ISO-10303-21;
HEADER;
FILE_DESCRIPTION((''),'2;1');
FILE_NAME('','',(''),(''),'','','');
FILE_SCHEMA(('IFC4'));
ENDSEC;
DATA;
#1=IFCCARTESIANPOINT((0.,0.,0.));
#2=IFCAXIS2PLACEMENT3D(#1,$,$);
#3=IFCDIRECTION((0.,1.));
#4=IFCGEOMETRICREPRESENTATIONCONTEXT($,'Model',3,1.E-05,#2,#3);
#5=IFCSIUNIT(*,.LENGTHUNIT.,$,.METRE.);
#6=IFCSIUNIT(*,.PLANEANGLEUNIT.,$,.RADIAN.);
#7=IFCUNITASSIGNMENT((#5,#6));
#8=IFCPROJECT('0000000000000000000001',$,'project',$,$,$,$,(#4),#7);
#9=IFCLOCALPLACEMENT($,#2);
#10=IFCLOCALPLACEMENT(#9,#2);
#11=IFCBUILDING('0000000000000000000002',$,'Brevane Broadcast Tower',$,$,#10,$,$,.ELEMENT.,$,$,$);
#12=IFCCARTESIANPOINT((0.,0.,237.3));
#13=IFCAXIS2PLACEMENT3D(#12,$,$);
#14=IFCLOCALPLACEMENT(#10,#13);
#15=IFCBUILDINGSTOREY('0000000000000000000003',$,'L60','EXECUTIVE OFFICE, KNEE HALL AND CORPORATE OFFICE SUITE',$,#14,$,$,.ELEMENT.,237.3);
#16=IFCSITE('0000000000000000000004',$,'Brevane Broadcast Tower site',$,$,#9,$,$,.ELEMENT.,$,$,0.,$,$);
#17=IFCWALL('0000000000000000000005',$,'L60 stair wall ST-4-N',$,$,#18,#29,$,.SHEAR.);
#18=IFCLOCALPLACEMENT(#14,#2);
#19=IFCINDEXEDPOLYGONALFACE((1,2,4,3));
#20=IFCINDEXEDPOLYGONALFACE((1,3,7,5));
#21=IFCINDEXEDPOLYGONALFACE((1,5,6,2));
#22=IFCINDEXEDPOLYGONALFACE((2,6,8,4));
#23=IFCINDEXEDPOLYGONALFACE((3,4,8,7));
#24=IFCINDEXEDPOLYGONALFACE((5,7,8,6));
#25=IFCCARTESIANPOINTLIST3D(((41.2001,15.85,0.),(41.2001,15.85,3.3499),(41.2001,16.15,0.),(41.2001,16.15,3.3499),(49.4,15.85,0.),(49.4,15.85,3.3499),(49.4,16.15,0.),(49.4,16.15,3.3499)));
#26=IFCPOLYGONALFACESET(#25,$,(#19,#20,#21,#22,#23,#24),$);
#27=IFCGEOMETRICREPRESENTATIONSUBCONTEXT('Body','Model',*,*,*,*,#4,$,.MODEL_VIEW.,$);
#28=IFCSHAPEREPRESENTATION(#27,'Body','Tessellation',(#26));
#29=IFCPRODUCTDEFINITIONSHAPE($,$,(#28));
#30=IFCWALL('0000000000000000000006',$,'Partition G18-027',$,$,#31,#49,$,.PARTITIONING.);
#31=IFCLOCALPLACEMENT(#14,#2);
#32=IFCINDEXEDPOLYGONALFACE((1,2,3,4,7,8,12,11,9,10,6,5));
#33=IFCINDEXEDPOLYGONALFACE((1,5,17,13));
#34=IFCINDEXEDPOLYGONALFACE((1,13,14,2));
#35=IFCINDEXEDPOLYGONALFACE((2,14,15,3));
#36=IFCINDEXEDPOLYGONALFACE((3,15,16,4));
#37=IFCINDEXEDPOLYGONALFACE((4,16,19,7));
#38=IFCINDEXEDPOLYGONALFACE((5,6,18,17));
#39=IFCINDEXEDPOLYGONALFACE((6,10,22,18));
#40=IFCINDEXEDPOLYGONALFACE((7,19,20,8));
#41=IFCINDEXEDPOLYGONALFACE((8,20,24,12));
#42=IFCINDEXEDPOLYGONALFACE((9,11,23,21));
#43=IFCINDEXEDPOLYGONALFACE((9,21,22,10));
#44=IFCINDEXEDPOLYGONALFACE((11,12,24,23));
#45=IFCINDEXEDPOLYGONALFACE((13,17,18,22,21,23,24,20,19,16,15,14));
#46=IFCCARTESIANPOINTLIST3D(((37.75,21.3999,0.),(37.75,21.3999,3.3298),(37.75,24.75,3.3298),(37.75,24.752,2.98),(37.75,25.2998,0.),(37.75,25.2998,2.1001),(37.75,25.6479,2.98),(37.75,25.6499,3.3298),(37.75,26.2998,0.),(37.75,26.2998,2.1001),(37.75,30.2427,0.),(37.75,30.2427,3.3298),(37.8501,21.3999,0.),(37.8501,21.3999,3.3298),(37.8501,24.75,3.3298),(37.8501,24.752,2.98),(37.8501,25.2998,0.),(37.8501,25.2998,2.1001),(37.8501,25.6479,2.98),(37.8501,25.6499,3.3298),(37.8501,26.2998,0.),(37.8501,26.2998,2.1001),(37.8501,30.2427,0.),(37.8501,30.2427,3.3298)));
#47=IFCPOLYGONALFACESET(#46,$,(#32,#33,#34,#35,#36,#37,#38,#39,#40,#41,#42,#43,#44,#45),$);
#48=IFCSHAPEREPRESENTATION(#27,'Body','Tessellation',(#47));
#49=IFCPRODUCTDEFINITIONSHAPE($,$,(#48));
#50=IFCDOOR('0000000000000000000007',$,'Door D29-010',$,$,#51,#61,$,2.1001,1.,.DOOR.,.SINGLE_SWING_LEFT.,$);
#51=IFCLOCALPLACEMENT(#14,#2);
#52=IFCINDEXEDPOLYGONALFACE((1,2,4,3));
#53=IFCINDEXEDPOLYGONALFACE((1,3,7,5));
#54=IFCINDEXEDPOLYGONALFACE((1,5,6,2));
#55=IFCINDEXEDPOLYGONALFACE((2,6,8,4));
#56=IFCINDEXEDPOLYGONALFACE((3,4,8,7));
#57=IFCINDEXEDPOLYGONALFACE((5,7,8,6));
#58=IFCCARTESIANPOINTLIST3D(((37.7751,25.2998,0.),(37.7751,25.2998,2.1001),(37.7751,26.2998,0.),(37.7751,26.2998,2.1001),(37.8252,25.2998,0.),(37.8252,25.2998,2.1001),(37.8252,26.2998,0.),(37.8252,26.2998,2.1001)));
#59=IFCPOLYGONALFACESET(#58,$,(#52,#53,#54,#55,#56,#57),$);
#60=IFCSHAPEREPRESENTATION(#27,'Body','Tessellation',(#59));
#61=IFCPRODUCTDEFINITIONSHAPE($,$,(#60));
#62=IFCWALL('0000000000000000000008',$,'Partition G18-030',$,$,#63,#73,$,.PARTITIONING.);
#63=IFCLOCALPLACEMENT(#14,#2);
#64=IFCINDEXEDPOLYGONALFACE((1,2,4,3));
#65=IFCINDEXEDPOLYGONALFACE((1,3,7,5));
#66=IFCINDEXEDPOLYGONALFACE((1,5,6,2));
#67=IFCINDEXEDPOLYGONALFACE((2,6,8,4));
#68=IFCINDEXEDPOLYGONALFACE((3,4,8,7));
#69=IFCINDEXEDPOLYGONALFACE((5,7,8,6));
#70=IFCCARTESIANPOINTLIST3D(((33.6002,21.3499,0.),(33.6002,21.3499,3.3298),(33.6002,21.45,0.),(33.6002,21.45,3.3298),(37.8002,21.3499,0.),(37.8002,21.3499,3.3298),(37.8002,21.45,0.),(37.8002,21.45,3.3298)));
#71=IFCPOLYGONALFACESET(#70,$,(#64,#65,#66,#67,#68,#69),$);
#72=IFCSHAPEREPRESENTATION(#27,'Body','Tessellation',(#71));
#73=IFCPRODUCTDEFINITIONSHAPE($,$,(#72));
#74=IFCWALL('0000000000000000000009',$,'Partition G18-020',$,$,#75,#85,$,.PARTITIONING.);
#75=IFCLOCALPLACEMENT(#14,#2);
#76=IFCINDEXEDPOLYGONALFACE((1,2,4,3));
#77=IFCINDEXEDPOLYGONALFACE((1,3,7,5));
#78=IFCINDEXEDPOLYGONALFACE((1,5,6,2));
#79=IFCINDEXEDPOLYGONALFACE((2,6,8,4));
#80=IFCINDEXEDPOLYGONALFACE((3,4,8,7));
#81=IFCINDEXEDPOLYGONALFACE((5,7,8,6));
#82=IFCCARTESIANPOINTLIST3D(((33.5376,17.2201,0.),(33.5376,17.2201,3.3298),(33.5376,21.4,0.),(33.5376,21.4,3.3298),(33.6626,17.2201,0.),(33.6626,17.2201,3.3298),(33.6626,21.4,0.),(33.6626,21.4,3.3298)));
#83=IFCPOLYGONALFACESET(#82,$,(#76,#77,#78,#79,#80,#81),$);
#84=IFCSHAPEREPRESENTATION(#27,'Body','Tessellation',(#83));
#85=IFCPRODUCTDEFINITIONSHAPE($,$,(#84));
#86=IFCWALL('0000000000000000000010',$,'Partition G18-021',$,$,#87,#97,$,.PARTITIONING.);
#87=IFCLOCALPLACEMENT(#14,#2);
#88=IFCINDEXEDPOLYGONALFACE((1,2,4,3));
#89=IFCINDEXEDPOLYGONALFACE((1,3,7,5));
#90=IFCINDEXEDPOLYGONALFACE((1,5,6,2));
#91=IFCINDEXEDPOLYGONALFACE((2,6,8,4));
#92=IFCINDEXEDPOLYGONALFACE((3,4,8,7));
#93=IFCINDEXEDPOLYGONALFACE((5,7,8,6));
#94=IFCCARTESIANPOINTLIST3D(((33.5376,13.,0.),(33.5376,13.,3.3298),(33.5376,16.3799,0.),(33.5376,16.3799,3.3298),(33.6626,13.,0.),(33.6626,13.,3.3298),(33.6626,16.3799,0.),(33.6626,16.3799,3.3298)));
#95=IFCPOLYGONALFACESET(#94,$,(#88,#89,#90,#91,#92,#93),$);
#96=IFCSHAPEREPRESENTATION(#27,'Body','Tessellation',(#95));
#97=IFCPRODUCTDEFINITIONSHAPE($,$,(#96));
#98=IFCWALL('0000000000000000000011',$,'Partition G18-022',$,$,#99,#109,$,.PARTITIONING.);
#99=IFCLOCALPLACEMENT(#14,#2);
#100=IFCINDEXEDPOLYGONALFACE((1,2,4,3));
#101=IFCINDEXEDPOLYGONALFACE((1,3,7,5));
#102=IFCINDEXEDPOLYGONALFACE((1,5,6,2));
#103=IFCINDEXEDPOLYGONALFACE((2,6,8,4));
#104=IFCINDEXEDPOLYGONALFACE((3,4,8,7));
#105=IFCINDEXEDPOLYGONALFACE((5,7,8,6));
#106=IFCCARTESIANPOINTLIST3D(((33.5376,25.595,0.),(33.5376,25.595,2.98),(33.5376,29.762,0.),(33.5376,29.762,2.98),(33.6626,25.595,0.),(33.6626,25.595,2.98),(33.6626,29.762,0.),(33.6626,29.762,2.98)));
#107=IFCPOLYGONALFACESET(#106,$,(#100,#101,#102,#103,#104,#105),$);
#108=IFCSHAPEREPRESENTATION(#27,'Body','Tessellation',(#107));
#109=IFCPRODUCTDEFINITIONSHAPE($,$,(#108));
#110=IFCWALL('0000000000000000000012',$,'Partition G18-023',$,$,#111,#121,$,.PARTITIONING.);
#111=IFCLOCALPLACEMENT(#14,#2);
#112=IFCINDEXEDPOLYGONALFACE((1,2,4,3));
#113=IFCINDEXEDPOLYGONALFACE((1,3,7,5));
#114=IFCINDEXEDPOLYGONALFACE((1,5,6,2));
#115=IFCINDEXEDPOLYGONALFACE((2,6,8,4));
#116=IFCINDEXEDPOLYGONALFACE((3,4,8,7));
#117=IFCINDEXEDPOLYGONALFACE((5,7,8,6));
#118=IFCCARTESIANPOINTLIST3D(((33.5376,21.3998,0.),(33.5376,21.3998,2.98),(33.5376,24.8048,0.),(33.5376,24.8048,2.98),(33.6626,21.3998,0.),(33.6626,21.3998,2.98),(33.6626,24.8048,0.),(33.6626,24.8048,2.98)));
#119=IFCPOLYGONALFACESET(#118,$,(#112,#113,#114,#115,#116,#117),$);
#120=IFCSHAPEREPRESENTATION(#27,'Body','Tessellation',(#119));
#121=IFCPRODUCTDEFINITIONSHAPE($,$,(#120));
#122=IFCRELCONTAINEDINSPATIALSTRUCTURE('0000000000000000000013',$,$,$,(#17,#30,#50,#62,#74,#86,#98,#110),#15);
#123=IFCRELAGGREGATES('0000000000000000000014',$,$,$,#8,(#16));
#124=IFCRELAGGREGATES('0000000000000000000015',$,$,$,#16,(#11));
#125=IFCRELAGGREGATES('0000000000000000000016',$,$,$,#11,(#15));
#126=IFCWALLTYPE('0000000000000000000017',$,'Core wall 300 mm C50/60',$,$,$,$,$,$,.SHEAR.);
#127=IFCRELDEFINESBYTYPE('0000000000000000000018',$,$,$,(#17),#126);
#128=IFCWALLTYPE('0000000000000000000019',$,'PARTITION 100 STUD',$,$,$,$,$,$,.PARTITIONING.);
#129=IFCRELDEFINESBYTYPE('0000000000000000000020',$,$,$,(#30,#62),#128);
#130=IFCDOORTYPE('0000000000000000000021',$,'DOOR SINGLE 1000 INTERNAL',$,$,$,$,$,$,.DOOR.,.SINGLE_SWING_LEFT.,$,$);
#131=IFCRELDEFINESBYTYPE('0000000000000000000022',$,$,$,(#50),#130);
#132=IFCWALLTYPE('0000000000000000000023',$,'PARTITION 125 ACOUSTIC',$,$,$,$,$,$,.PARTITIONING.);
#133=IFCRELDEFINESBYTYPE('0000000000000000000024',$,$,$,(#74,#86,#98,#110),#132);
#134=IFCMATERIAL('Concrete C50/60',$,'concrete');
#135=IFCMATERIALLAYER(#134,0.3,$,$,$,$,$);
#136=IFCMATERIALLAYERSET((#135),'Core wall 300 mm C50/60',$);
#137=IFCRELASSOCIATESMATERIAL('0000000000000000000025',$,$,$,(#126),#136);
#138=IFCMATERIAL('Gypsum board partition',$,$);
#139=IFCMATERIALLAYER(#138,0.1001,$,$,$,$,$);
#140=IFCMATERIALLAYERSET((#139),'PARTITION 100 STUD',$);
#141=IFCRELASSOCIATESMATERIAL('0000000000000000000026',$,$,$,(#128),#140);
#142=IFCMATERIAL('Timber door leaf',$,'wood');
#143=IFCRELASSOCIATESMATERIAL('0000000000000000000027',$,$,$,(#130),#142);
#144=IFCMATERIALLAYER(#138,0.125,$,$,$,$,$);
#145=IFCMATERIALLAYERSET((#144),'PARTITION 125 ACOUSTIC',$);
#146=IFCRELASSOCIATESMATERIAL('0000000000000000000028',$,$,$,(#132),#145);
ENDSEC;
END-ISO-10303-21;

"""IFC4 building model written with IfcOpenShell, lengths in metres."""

from ifc_helpers import new_model, si_unit, direction, frame, frame_2d, origin, place, context, subcontext, project, spatial, polyline, rectangle, outline, extrude, material, layer, layer_set, type_object, element, fill, save


model = new_model("IFC4")

# Units and contexts
model_context = context("Model", 3, precision=1e-05, world=origin(), true_north=direction((0.0, 1.0)))
body_context = subcontext(model_context, "Body", "Model", "MODEL_VIEW")
ifc_project = project(units=[si_unit("LENGTHUNIT", "METRE"), si_unit("PLANEANGLEUNIT", "RADIAN")], contexts=[model_context])

# Site, building, storey
site_placement = place(None, origin())
site = spatial("IfcSite", under=ifc_project, at=site_placement, Name="Brevane Broadcast Tower site", CompositionType="ELEMENT", RefElevation=0.0)
building_placement = place(site_placement, origin())
building = spatial("IfcBuilding", under=site, at=building_placement, Name="Brevane Broadcast Tower", CompositionType="ELEMENT")
storey_placement = place(building_placement, frame((0.0, 0.0, 237.3)))
storey = spatial("IfcBuildingStorey", under=building, at=storey_placement, Name="L60", Description="EXECUTIVE OFFICE, KNEE HALL AND CORPORATE OFFICE SUITE", CompositionType="ELEMENT", Elevation=237.3)

# Shared definitions
ifc_material_1 = material(Name="Concrete C50/60", Category="concrete")

# Wall
ifc_layer_1 = layer(ifc_material_1, 0.3)
ifc_layer_set_1 = layer_set([ifc_layer_1], Name="Core wall 300 mm C50/60")
wall_type_1 = type_object("IfcWallType", Name="Core wall 300 mm C50/60", PredefinedType="SHEAR", material=ifc_layer_set_1)
wall_1_placement = place(storey_placement, frame((41.2, 16.0, 0.0), z_axis=(0.0, 0.0, 1.0), x_axis=(1.0, 0.0, 0.0)))
element("IfcWall", 1, at=wall_1_placement, inside=storey, type_object=wall_type_1, Name="L60 stair wall ST-4-N", PredefinedType="SHEAR", context=body_context, shape_type="SweptSolid", body=[
    extrude(rectangle(XDim=8.2, YDim=0.3, at=frame_2d((4.1001, 0.0))), origin(), (0.0, 0.0, 1.0), 3.3499),
])

# Wall, opening, door
ifc_material_2 = material(Name="Gypsum board partition")
ifc_layer_2 = layer(ifc_material_2, 0.1001)
ifc_layer_set_2 = layer_set([ifc_layer_2], Name="PARTITION 100 STUD")
wall_type_2 = type_object("IfcWallType", Name="PARTITION 100 STUD", PredefinedType="PARTITIONING", material=ifc_layer_set_2)
wall_2_placement = place(storey_placement, frame((37.8, 21.3999, 0.0), z_axis=(0.0, 0.0, 1.0), x_axis=(0.0, 1.0, 0.0)))
wall_2 = element("IfcWall", 2, at=wall_2_placement, inside=storey, type_object=wall_type_2, Name="Partition G18-027", PredefinedType="PARTITIONING", context=body_context, shape_type="SweptSolid", body=[
    extrude(outline(polyline([(0.0, 0.0), (8.8428, 0.0), (8.8428, 3.3298), (4.25, 3.3298), (4.248, 2.98), (3.3521, 2.98), (3.3501, 3.3298), (0.0, 3.3298), (0.0, 0.0)])), frame((0.0, 0.05, 0.0), z_axis=(0.0, -1.0, 0.0), x_axis=(1.0, 0.0, 0.0)), (0.0, 0.0, 1.0), 0.1001),
])
opening_placement = place(wall_2_placement, frame((3.8999, 0.0, 0.0)))
opening = element("IfcOpeningElement", 3, at=opening_placement, cuts=wall_2, PredefinedType="OPENING", context=body_context, shape_type="SweptSolid", body=[
    extrude(rectangle(XDim=1.0, YDim=2.1001, at=frame_2d((0.5, 1.05))), frame((0.0, 0.0601, 0.0), z_axis=(0.0, -1.0, 0.0), x_axis=(1.0, 0.0, 0.0)), (0.0, 0.0, 1.0), 0.1201),
])
ifc_material_3 = material(Name="Timber door leaf", Category="wood")
door_type = type_object("IfcDoorType", Name="DOOR SINGLE 1000 INTERNAL", OperationType="SINGLE_SWING_LEFT", PredefinedType="DOOR", material=ifc_material_3)
door_placement = place(opening_placement, origin())
door = element("IfcDoor", 4, at=door_placement, inside=storey, type_object=door_type, Name="Door D29-010", OperationType="SINGLE_SWING_LEFT", OverallHeight=2.1001, OverallWidth=1.0, PredefinedType="DOOR", context=body_context, shape_type="SweptSolid", body=[
    extrude(rectangle(XDim=1.0, YDim=2.1001, at=frame_2d((0.5, 1.05))), frame((0.0, 0.0249, 0.0), z_axis=(0.0, -1.0, 0.0), x_axis=(1.0, 0.0, 0.0)), (0.0, 0.0, 1.0), 0.05),
])
fill(opening, door)

# Walls
wall_3_placement = place(storey_placement, frame((33.6001, 21.3999, 0.0), z_axis=(0.0, 0.0, 1.0), x_axis=(1.0, 0.0, 0.0)))
element("IfcWall", 5, at=wall_3_placement, inside=storey, type_object=wall_type_2, Name="Partition G18-030", PredefinedType="PARTITIONING", context=body_context, shape_type="SweptSolid", body=[
    extrude(rectangle(XDim=4.2, YDim=0.1001, at=frame_2d((2.1001, 0.0))), origin(), (0.0, 0.0, 1.0), 3.3298),
])
ifc_layer_3 = layer(ifc_material_2, 0.125)
ifc_layer_set_3 = layer_set([ifc_layer_3], Name="PARTITION 125 ACOUSTIC")
wall_type_3 = type_object("IfcWallType", Name="PARTITION 125 ACOUSTIC", PredefinedType="PARTITIONING", material=ifc_layer_set_3)
wall_4_placement = place(storey_placement, frame((33.6001, 21.3999, 0.0), z_axis=(0.0, 0.0, 1.0), x_axis=(0.0, -1.0, 0.0)))
element("IfcWall", 6, at=wall_4_placement, inside=storey, type_object=wall_type_3, Name="Partition G18-020", PredefinedType="PARTITIONING", context=body_context, shape_type="SweptSolid", body=[
    extrude(rectangle(XDim=4.1799, YDim=0.125, at=frame_2d((2.0898, 0.0))), origin(), (0.0, 0.0, 1.0), 3.3298),
])
wall_5_placement = place(storey_placement, frame((33.6001, 16.3799, 0.0), z_axis=(0.0, 0.0, 1.0), x_axis=(0.0, -1.0, 0.0)))
element("IfcWall", 7, at=wall_5_placement, inside=storey, type_object=wall_type_3, Name="Partition G18-021", PredefinedType="PARTITIONING", context=body_context, shape_type="SweptSolid", body=[
    extrude(rectangle(XDim=3.3799, YDim=0.125, at=frame_2d((1.6899, 0.0))), origin(), (0.0, 0.0, 1.0), 3.3298),
])
wall_6_placement = place(storey_placement, frame((33.6001, 29.762, 0.0), z_axis=(0.0, 0.0, 1.0), x_axis=(0.0, -1.0, 0.0)))
element("IfcWall", 8, at=wall_6_placement, inside=storey, type_object=wall_type_3, Name="Partition G18-022", PredefinedType="PARTITIONING", context=body_context, shape_type="SweptSolid", body=[
    extrude(rectangle(XDim=4.167, YDim=0.125, at=frame_2d((2.0835, 0.0))), origin(), (0.0, 0.0, 1.0), 2.98),
])
wall_7_placement = place(storey_placement, frame((33.6001, 24.8049, 0.0), z_axis=(0.0, 0.0, 1.0), x_axis=(0.0, -1.0, 0.0)))
element("IfcWall", 9, at=wall_7_placement, inside=storey, type_object=wall_type_3, Name="Partition G18-023", PredefinedType="PARTITIONING", context=body_context, shape_type="SweptSolid", body=[
    extrude(rectangle(XDim=3.405, YDim=0.125, at=frame_2d((1.7026, 0.0))), origin(), (0.0, 0.0, 1.0), 2.98),
])

save(model, "model.ifc")
